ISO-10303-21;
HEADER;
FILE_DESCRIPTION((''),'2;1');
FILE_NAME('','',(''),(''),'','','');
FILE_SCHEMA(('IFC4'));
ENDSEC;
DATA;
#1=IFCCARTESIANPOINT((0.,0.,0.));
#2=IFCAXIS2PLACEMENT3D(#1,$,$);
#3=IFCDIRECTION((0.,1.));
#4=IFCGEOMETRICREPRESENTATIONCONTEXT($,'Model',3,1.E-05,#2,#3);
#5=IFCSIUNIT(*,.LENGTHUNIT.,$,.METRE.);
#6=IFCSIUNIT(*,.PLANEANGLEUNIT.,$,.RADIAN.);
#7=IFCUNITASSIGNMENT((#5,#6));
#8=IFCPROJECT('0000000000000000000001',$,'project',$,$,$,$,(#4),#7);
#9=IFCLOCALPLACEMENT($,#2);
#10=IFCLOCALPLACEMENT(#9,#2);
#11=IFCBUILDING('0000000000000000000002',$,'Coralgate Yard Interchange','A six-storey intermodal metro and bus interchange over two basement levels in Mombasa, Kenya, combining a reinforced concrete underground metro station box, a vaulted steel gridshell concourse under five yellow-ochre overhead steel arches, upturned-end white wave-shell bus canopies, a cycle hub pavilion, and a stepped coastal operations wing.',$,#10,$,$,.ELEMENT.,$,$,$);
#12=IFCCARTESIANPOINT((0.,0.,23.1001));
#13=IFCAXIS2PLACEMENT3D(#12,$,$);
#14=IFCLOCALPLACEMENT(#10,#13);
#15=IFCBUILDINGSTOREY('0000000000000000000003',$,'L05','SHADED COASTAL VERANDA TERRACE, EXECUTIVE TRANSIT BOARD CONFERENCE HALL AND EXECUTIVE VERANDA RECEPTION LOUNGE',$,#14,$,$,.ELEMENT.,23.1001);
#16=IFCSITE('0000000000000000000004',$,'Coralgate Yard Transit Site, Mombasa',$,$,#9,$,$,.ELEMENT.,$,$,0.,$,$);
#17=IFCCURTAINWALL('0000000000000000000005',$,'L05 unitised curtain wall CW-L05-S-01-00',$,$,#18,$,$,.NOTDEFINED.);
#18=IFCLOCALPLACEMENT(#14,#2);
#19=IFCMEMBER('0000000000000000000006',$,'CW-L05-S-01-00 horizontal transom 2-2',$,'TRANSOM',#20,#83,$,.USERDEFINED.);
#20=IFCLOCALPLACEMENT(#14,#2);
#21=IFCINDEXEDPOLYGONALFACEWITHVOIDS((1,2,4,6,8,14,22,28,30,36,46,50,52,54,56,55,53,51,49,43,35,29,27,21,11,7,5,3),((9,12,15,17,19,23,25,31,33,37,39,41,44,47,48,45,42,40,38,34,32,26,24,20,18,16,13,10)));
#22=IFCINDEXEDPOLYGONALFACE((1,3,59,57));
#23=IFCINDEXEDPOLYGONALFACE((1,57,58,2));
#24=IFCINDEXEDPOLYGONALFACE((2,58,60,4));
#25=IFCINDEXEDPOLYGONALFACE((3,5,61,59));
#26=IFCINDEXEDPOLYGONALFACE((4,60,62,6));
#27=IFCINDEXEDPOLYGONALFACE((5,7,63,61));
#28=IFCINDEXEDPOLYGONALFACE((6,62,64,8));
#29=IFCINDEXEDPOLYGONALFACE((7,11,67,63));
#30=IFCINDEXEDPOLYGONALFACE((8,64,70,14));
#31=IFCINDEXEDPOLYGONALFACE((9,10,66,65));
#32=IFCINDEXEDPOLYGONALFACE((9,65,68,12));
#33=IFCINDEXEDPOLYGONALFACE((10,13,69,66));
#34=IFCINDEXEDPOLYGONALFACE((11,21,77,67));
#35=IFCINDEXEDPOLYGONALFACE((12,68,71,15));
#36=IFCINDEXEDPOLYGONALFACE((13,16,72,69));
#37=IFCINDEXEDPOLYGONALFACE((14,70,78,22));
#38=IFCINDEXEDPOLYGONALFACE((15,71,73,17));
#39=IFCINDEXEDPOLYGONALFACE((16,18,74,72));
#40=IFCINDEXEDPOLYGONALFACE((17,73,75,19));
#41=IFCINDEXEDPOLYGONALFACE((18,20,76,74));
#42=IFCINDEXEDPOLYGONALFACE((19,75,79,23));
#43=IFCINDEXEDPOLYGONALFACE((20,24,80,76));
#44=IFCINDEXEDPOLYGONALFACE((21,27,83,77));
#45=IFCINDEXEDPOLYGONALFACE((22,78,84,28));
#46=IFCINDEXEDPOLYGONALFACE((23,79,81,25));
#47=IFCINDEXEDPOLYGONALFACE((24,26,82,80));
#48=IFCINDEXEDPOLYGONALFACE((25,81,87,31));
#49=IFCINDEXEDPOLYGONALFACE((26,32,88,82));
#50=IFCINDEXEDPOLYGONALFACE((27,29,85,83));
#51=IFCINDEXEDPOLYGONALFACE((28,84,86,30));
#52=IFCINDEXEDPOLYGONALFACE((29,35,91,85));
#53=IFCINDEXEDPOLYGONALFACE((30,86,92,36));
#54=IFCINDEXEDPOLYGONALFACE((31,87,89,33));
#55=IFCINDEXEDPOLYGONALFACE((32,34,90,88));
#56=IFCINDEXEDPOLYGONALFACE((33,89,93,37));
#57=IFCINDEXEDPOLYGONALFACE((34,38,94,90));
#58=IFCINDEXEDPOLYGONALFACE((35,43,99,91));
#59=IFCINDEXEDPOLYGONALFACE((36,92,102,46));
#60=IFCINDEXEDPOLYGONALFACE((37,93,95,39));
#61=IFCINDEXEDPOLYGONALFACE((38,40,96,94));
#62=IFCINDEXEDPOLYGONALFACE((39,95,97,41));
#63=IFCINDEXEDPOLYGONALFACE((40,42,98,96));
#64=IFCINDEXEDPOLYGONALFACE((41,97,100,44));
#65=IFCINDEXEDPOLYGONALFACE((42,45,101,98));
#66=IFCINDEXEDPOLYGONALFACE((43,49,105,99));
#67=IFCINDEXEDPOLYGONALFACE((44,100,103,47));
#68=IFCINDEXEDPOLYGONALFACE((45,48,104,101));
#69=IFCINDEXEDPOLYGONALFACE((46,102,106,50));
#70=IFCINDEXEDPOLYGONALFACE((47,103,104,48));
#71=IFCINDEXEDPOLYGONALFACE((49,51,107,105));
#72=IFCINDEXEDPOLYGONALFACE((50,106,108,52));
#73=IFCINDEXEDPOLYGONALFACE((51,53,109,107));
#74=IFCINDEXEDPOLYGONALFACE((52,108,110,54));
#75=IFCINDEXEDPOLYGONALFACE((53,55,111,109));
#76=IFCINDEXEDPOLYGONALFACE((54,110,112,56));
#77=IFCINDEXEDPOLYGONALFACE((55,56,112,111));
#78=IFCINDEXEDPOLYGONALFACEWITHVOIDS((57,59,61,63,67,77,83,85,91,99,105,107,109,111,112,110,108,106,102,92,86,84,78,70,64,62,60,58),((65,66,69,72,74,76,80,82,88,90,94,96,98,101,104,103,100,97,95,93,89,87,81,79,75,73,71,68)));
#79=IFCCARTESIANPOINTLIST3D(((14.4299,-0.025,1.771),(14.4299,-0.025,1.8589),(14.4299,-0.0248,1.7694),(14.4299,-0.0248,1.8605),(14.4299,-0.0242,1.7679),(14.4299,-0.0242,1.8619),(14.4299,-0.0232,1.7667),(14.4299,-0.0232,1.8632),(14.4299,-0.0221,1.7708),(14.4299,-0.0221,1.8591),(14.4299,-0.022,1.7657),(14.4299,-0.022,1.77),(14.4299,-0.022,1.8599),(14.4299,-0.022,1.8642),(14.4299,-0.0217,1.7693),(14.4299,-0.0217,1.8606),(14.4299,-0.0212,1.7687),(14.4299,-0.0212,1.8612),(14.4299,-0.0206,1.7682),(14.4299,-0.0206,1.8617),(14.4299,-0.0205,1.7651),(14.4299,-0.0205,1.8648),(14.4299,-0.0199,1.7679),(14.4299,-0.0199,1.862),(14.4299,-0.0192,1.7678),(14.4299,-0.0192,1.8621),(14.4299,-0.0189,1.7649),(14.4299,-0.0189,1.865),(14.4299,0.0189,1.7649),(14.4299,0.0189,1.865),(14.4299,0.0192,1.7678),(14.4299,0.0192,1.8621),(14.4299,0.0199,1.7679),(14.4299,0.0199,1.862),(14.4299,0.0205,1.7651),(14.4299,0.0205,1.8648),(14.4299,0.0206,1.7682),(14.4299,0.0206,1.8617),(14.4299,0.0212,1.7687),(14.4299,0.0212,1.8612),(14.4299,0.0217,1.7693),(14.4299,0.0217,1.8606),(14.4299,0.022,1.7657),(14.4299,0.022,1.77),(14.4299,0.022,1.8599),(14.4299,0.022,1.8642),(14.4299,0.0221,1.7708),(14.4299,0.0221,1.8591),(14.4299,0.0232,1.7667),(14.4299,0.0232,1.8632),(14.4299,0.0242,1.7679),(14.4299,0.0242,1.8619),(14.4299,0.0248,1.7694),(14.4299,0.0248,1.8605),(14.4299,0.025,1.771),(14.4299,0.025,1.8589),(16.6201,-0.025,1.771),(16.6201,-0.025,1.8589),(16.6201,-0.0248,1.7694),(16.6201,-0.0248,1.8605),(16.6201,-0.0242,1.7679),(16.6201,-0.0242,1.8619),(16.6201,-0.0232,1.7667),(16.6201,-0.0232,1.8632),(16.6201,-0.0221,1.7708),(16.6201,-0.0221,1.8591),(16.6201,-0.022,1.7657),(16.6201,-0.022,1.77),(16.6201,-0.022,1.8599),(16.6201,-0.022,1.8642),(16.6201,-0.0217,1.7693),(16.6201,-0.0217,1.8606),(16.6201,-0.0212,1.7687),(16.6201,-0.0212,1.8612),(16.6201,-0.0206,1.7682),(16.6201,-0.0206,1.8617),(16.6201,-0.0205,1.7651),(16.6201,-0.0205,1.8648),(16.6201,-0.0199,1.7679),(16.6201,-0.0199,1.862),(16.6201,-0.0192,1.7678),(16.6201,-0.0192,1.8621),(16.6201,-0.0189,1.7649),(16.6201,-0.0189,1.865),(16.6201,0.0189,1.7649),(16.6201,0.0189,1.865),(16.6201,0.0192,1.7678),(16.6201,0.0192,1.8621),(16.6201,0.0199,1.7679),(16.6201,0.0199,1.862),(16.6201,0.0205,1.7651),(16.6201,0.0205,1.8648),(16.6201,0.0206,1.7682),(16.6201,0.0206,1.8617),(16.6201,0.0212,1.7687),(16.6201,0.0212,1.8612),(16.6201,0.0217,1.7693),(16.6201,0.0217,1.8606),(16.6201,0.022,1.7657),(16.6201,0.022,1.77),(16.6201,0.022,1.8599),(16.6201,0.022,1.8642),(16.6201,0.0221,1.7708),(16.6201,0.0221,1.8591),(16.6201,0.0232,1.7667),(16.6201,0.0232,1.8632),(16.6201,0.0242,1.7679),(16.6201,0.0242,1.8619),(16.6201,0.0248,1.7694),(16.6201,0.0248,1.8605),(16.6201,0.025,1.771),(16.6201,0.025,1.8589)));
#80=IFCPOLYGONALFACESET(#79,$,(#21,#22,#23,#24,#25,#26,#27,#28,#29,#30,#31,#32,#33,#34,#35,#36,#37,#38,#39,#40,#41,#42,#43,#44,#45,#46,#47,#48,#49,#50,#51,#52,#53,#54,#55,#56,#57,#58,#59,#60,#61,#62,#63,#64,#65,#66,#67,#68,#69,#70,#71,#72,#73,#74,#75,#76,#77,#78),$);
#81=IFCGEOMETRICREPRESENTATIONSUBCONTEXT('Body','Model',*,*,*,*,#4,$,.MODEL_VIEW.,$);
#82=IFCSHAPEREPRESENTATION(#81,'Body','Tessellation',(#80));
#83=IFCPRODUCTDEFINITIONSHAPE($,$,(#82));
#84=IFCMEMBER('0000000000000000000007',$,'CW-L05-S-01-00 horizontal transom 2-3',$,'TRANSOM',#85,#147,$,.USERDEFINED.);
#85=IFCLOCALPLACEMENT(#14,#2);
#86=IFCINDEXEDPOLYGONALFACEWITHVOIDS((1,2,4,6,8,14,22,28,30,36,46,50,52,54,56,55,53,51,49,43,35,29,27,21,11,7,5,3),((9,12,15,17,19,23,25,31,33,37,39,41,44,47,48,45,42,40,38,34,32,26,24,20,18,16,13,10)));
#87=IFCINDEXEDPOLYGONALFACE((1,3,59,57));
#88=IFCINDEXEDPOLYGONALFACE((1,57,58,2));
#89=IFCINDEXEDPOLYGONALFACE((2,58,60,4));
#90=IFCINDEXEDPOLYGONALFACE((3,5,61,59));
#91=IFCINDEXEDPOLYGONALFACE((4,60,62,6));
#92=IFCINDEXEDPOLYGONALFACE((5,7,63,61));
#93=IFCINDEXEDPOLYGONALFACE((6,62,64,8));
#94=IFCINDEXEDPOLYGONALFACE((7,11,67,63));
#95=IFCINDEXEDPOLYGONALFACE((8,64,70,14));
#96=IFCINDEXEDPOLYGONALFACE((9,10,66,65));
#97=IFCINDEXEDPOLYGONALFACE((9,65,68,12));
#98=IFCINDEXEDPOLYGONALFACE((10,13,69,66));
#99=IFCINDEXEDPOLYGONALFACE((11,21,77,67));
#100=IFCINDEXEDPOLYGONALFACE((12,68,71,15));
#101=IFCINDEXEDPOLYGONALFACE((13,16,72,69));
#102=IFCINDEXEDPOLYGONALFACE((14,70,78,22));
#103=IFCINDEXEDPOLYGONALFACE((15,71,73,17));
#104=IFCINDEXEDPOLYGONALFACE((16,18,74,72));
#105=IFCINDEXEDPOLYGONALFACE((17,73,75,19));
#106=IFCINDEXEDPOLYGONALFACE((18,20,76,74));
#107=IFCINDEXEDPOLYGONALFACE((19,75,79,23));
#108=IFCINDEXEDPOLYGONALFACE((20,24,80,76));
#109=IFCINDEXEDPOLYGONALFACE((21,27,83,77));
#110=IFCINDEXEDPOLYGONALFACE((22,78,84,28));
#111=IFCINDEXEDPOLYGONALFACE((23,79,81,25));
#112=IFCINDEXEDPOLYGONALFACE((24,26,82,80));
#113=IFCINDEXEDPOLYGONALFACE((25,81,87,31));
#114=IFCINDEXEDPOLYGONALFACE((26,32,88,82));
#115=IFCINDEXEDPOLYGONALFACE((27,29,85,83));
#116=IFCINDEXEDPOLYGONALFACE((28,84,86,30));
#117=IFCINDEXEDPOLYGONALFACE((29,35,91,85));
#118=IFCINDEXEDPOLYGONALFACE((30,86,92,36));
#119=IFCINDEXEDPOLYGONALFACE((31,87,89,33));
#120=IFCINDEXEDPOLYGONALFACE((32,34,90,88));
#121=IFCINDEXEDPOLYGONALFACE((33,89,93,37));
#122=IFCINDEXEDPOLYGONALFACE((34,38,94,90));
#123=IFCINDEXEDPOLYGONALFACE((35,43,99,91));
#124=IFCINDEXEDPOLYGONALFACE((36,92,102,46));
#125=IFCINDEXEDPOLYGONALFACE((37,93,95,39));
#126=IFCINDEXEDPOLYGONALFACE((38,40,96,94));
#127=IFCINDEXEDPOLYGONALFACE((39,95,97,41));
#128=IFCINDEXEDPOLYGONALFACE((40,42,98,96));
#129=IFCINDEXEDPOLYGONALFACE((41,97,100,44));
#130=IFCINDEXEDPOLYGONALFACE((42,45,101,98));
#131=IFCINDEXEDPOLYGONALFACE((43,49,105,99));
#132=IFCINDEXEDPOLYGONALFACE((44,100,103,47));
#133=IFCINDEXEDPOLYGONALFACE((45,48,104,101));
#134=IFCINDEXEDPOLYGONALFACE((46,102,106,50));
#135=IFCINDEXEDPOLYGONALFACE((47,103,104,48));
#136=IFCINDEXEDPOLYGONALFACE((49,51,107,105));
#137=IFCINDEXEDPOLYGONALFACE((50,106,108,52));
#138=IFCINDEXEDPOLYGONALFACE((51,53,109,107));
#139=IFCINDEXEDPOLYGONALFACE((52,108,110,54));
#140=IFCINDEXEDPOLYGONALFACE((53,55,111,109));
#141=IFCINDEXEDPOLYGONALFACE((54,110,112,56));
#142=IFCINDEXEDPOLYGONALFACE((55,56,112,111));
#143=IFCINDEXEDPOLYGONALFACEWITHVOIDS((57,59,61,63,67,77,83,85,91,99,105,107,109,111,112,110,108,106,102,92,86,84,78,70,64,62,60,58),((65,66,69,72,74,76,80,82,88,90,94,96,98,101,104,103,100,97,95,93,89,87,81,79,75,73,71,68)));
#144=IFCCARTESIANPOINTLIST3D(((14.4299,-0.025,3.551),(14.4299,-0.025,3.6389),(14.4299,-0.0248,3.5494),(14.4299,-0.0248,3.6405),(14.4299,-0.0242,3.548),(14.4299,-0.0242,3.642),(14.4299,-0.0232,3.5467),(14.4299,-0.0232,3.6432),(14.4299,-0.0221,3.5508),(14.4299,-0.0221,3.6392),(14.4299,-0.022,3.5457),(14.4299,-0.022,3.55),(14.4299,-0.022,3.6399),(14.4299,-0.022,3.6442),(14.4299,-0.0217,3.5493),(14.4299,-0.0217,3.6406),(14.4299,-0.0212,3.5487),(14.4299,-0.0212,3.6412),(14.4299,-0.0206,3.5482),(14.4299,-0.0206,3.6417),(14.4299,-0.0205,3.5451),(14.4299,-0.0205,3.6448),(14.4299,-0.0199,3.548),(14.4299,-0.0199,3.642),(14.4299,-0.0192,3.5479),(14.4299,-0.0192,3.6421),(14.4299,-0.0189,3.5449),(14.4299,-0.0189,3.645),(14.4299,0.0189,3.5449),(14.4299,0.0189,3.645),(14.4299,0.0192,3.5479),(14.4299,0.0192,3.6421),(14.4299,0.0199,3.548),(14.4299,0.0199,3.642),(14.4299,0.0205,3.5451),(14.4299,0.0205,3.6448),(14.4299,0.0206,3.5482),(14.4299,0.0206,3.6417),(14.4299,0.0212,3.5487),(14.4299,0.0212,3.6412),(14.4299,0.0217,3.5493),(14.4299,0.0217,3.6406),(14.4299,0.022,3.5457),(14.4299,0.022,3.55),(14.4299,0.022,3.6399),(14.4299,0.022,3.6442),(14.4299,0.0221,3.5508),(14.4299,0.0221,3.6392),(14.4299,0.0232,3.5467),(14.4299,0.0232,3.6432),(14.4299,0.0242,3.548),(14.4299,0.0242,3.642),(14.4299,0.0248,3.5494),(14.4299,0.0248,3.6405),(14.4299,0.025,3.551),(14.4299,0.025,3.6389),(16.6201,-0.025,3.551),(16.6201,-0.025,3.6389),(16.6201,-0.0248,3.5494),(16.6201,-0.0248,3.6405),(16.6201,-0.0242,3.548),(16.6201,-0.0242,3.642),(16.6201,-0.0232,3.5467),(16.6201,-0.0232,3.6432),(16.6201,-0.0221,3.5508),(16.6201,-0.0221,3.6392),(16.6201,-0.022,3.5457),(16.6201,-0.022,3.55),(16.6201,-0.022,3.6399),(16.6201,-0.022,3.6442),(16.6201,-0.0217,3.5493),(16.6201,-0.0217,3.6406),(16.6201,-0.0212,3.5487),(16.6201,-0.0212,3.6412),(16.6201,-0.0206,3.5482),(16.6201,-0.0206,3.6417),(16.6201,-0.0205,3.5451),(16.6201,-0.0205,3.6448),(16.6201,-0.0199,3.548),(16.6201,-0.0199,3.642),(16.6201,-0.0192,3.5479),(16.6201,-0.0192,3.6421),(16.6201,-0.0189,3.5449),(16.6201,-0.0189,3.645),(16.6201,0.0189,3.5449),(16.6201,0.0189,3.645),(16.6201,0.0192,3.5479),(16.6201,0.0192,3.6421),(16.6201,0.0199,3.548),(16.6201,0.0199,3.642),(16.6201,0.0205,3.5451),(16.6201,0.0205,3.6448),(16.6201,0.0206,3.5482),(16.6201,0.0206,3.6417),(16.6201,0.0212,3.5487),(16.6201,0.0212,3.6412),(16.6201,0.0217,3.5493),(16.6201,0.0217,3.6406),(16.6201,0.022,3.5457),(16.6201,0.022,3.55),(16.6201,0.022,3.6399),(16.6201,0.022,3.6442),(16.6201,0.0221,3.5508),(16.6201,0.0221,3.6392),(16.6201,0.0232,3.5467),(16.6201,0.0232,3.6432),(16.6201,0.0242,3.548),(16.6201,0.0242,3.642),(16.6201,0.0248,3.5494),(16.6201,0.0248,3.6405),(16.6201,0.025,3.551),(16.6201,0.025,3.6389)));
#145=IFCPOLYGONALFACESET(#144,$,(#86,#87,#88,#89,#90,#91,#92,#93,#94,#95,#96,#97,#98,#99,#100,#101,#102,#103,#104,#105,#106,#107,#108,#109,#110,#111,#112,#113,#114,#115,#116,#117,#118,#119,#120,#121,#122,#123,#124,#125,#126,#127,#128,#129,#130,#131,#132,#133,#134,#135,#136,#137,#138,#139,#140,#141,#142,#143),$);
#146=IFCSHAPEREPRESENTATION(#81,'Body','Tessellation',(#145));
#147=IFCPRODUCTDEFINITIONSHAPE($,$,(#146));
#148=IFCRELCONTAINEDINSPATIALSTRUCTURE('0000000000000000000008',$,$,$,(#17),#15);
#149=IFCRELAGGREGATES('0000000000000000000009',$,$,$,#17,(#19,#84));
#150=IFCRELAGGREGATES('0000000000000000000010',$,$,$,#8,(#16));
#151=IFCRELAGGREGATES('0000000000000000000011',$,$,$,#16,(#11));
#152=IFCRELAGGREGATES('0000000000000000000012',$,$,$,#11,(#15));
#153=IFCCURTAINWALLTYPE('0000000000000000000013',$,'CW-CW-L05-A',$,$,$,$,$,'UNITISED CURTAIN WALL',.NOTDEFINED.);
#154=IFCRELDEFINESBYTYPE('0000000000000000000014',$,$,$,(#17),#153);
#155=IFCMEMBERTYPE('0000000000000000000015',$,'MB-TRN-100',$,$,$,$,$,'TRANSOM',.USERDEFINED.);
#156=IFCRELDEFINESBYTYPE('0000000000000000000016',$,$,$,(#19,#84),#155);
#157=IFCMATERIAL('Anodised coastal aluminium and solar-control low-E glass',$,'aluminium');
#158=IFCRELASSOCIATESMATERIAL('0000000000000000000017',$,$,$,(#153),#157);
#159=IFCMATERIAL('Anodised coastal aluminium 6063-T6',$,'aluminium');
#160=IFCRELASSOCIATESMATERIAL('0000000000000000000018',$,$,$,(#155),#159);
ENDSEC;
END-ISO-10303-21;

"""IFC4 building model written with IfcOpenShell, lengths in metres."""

from ifc_helpers import new_model, si_unit, direction, frame, origin, origin_2d, place, context, subcontext, project, spatial, hollow_rectangle, extrude, material, material_profile, profile_set, type_object, element, aggregate, save


model = new_model("IFC4")

# Units and contexts
model_context = context("Model", 3, precision=1e-05, world=origin(), true_north=direction((0.0, 1.0)))
body_context = subcontext(model_context, "Body", "Model", "MODEL_VIEW")
ifc_project = project(units=[si_unit("LENGTHUNIT", "METRE"), si_unit("PLANEANGLEUNIT", "RADIAN")], contexts=[model_context])

# Site, building, storey
site_placement = place(None, origin())
site = spatial("IfcSite", under=ifc_project, at=site_placement, Name="Coralgate Yard Transit Site, Mombasa", CompositionType="ELEMENT", RefElevation=0.0)
building_placement = place(site_placement, origin())
building = spatial("IfcBuilding", under=site, at=building_placement, Name="Coralgate Yard Interchange", Description="A six-storey intermodal metro and bus interchange over two basement levels in Mombasa, Kenya, combining a reinforced concrete underground metro station box, a vaulted steel gridshell concourse under five yellow-ochre overhead steel arches, upturned-end white wave-shell bus canopies, a cycle hub pavilion, and a stepped coastal operations wing.", CompositionType="ELEMENT")
storey_placement = place(building_placement, frame((0.0, 0.0, 23.1001)))
storey = spatial("IfcBuildingStorey", under=building, at=storey_placement, Name="L05", Description="SHADED COASTAL VERANDA TERRACE, EXECUTIVE TRANSIT BOARD CONFERENCE HALL AND EXECUTIVE VERANDA RECEPTION LOUNGE", CompositionType="ELEMENT", Elevation=23.1001)

# Curtain wall, members
ifc_material_1 = material(Name="Anodised coastal aluminium and solar-control low-E glass", Category="aluminium")
curtain_wall_type = type_object("IfcCurtainWallType", Name="CW-CW-L05-A", ElementType="UNITISED CURTAIN WALL", PredefinedType="NOTDEFINED", material=ifc_material_1)
curtain_wall_placement = place(storey_placement, origin())
curtain_wall = element("IfcCurtainWall", 1, at=curtain_wall_placement, inside=storey, type_object=curtain_wall_type, Name="L05 unitised curtain wall CW-L05-S-01-00", PredefinedType="NOTDEFINED")
ifc_material_2 = material(Name="Anodised coastal aluminium 6063-T6", Category="aluminium")
ifc_material_profile_1 = material_profile(ifc_material_2, hollow_rectangle(XDim=0.05, YDim=0.1001, WallThickness=0.0029, InnerFilletRadius=0.0029, OuterFilletRadius=0.0061, at=origin_2d()), Name="ALU 50x100x3")
ifc_profile_set_1 = profile_set([ifc_material_profile_1], Name="Anodised coastal aluminium 6063-T6")
member_type_1 = type_object("IfcMemberType", Name="MB-TRN-100", ElementType="TRANSOM", PredefinedType="USERDEFINED", material=ifc_profile_set_1)
member_1_placement = place(storey_placement, frame((16.6201, 0.0, 1.8149), z_axis=(-1.0, 0.0, 0.0), x_axis=(0.0, -1.0, 0.0)))
member_1 = element("IfcMember", 2, at=member_1_placement, type_object=member_type_1, Name="CW-L05-S-01-00 horizontal transom 2-2", ObjectType="TRANSOM", PredefinedType="USERDEFINED", context=body_context, shape_type="SweptSolid", body=[
    extrude(hollow_rectangle(XDim=0.05, YDim=0.1001, WallThickness=0.0029, InnerFilletRadius=0.0029, OuterFilletRadius=0.0061, at=origin_2d()), origin(), (0.0, 0.0, 1.0), 2.1902),
])
member_2_placement = place(storey_placement, frame((16.6201, 0.0, 3.595), z_axis=(-1.0, 0.0, 0.0), x_axis=(0.0, -1.0, 0.0)))
member_2 = element("IfcMember", 3, at=member_2_placement, type_object=member_type_1, Name="CW-L05-S-01-00 horizontal transom 2-3", ObjectType="TRANSOM", PredefinedType="USERDEFINED", context=body_context, shape_type="SweptSolid", body=[
    extrude(hollow_rectangle(XDim=0.05, YDim=0.1001, WallThickness=0.0029, InnerFilletRadius=0.0029, OuterFilletRadius=0.0061, at=origin_2d()), origin(), (0.0, 0.0, 1.0), 2.1902),
])
aggregate(curtain_wall, [member_1, member_2])

save(model, "model.ifc")
